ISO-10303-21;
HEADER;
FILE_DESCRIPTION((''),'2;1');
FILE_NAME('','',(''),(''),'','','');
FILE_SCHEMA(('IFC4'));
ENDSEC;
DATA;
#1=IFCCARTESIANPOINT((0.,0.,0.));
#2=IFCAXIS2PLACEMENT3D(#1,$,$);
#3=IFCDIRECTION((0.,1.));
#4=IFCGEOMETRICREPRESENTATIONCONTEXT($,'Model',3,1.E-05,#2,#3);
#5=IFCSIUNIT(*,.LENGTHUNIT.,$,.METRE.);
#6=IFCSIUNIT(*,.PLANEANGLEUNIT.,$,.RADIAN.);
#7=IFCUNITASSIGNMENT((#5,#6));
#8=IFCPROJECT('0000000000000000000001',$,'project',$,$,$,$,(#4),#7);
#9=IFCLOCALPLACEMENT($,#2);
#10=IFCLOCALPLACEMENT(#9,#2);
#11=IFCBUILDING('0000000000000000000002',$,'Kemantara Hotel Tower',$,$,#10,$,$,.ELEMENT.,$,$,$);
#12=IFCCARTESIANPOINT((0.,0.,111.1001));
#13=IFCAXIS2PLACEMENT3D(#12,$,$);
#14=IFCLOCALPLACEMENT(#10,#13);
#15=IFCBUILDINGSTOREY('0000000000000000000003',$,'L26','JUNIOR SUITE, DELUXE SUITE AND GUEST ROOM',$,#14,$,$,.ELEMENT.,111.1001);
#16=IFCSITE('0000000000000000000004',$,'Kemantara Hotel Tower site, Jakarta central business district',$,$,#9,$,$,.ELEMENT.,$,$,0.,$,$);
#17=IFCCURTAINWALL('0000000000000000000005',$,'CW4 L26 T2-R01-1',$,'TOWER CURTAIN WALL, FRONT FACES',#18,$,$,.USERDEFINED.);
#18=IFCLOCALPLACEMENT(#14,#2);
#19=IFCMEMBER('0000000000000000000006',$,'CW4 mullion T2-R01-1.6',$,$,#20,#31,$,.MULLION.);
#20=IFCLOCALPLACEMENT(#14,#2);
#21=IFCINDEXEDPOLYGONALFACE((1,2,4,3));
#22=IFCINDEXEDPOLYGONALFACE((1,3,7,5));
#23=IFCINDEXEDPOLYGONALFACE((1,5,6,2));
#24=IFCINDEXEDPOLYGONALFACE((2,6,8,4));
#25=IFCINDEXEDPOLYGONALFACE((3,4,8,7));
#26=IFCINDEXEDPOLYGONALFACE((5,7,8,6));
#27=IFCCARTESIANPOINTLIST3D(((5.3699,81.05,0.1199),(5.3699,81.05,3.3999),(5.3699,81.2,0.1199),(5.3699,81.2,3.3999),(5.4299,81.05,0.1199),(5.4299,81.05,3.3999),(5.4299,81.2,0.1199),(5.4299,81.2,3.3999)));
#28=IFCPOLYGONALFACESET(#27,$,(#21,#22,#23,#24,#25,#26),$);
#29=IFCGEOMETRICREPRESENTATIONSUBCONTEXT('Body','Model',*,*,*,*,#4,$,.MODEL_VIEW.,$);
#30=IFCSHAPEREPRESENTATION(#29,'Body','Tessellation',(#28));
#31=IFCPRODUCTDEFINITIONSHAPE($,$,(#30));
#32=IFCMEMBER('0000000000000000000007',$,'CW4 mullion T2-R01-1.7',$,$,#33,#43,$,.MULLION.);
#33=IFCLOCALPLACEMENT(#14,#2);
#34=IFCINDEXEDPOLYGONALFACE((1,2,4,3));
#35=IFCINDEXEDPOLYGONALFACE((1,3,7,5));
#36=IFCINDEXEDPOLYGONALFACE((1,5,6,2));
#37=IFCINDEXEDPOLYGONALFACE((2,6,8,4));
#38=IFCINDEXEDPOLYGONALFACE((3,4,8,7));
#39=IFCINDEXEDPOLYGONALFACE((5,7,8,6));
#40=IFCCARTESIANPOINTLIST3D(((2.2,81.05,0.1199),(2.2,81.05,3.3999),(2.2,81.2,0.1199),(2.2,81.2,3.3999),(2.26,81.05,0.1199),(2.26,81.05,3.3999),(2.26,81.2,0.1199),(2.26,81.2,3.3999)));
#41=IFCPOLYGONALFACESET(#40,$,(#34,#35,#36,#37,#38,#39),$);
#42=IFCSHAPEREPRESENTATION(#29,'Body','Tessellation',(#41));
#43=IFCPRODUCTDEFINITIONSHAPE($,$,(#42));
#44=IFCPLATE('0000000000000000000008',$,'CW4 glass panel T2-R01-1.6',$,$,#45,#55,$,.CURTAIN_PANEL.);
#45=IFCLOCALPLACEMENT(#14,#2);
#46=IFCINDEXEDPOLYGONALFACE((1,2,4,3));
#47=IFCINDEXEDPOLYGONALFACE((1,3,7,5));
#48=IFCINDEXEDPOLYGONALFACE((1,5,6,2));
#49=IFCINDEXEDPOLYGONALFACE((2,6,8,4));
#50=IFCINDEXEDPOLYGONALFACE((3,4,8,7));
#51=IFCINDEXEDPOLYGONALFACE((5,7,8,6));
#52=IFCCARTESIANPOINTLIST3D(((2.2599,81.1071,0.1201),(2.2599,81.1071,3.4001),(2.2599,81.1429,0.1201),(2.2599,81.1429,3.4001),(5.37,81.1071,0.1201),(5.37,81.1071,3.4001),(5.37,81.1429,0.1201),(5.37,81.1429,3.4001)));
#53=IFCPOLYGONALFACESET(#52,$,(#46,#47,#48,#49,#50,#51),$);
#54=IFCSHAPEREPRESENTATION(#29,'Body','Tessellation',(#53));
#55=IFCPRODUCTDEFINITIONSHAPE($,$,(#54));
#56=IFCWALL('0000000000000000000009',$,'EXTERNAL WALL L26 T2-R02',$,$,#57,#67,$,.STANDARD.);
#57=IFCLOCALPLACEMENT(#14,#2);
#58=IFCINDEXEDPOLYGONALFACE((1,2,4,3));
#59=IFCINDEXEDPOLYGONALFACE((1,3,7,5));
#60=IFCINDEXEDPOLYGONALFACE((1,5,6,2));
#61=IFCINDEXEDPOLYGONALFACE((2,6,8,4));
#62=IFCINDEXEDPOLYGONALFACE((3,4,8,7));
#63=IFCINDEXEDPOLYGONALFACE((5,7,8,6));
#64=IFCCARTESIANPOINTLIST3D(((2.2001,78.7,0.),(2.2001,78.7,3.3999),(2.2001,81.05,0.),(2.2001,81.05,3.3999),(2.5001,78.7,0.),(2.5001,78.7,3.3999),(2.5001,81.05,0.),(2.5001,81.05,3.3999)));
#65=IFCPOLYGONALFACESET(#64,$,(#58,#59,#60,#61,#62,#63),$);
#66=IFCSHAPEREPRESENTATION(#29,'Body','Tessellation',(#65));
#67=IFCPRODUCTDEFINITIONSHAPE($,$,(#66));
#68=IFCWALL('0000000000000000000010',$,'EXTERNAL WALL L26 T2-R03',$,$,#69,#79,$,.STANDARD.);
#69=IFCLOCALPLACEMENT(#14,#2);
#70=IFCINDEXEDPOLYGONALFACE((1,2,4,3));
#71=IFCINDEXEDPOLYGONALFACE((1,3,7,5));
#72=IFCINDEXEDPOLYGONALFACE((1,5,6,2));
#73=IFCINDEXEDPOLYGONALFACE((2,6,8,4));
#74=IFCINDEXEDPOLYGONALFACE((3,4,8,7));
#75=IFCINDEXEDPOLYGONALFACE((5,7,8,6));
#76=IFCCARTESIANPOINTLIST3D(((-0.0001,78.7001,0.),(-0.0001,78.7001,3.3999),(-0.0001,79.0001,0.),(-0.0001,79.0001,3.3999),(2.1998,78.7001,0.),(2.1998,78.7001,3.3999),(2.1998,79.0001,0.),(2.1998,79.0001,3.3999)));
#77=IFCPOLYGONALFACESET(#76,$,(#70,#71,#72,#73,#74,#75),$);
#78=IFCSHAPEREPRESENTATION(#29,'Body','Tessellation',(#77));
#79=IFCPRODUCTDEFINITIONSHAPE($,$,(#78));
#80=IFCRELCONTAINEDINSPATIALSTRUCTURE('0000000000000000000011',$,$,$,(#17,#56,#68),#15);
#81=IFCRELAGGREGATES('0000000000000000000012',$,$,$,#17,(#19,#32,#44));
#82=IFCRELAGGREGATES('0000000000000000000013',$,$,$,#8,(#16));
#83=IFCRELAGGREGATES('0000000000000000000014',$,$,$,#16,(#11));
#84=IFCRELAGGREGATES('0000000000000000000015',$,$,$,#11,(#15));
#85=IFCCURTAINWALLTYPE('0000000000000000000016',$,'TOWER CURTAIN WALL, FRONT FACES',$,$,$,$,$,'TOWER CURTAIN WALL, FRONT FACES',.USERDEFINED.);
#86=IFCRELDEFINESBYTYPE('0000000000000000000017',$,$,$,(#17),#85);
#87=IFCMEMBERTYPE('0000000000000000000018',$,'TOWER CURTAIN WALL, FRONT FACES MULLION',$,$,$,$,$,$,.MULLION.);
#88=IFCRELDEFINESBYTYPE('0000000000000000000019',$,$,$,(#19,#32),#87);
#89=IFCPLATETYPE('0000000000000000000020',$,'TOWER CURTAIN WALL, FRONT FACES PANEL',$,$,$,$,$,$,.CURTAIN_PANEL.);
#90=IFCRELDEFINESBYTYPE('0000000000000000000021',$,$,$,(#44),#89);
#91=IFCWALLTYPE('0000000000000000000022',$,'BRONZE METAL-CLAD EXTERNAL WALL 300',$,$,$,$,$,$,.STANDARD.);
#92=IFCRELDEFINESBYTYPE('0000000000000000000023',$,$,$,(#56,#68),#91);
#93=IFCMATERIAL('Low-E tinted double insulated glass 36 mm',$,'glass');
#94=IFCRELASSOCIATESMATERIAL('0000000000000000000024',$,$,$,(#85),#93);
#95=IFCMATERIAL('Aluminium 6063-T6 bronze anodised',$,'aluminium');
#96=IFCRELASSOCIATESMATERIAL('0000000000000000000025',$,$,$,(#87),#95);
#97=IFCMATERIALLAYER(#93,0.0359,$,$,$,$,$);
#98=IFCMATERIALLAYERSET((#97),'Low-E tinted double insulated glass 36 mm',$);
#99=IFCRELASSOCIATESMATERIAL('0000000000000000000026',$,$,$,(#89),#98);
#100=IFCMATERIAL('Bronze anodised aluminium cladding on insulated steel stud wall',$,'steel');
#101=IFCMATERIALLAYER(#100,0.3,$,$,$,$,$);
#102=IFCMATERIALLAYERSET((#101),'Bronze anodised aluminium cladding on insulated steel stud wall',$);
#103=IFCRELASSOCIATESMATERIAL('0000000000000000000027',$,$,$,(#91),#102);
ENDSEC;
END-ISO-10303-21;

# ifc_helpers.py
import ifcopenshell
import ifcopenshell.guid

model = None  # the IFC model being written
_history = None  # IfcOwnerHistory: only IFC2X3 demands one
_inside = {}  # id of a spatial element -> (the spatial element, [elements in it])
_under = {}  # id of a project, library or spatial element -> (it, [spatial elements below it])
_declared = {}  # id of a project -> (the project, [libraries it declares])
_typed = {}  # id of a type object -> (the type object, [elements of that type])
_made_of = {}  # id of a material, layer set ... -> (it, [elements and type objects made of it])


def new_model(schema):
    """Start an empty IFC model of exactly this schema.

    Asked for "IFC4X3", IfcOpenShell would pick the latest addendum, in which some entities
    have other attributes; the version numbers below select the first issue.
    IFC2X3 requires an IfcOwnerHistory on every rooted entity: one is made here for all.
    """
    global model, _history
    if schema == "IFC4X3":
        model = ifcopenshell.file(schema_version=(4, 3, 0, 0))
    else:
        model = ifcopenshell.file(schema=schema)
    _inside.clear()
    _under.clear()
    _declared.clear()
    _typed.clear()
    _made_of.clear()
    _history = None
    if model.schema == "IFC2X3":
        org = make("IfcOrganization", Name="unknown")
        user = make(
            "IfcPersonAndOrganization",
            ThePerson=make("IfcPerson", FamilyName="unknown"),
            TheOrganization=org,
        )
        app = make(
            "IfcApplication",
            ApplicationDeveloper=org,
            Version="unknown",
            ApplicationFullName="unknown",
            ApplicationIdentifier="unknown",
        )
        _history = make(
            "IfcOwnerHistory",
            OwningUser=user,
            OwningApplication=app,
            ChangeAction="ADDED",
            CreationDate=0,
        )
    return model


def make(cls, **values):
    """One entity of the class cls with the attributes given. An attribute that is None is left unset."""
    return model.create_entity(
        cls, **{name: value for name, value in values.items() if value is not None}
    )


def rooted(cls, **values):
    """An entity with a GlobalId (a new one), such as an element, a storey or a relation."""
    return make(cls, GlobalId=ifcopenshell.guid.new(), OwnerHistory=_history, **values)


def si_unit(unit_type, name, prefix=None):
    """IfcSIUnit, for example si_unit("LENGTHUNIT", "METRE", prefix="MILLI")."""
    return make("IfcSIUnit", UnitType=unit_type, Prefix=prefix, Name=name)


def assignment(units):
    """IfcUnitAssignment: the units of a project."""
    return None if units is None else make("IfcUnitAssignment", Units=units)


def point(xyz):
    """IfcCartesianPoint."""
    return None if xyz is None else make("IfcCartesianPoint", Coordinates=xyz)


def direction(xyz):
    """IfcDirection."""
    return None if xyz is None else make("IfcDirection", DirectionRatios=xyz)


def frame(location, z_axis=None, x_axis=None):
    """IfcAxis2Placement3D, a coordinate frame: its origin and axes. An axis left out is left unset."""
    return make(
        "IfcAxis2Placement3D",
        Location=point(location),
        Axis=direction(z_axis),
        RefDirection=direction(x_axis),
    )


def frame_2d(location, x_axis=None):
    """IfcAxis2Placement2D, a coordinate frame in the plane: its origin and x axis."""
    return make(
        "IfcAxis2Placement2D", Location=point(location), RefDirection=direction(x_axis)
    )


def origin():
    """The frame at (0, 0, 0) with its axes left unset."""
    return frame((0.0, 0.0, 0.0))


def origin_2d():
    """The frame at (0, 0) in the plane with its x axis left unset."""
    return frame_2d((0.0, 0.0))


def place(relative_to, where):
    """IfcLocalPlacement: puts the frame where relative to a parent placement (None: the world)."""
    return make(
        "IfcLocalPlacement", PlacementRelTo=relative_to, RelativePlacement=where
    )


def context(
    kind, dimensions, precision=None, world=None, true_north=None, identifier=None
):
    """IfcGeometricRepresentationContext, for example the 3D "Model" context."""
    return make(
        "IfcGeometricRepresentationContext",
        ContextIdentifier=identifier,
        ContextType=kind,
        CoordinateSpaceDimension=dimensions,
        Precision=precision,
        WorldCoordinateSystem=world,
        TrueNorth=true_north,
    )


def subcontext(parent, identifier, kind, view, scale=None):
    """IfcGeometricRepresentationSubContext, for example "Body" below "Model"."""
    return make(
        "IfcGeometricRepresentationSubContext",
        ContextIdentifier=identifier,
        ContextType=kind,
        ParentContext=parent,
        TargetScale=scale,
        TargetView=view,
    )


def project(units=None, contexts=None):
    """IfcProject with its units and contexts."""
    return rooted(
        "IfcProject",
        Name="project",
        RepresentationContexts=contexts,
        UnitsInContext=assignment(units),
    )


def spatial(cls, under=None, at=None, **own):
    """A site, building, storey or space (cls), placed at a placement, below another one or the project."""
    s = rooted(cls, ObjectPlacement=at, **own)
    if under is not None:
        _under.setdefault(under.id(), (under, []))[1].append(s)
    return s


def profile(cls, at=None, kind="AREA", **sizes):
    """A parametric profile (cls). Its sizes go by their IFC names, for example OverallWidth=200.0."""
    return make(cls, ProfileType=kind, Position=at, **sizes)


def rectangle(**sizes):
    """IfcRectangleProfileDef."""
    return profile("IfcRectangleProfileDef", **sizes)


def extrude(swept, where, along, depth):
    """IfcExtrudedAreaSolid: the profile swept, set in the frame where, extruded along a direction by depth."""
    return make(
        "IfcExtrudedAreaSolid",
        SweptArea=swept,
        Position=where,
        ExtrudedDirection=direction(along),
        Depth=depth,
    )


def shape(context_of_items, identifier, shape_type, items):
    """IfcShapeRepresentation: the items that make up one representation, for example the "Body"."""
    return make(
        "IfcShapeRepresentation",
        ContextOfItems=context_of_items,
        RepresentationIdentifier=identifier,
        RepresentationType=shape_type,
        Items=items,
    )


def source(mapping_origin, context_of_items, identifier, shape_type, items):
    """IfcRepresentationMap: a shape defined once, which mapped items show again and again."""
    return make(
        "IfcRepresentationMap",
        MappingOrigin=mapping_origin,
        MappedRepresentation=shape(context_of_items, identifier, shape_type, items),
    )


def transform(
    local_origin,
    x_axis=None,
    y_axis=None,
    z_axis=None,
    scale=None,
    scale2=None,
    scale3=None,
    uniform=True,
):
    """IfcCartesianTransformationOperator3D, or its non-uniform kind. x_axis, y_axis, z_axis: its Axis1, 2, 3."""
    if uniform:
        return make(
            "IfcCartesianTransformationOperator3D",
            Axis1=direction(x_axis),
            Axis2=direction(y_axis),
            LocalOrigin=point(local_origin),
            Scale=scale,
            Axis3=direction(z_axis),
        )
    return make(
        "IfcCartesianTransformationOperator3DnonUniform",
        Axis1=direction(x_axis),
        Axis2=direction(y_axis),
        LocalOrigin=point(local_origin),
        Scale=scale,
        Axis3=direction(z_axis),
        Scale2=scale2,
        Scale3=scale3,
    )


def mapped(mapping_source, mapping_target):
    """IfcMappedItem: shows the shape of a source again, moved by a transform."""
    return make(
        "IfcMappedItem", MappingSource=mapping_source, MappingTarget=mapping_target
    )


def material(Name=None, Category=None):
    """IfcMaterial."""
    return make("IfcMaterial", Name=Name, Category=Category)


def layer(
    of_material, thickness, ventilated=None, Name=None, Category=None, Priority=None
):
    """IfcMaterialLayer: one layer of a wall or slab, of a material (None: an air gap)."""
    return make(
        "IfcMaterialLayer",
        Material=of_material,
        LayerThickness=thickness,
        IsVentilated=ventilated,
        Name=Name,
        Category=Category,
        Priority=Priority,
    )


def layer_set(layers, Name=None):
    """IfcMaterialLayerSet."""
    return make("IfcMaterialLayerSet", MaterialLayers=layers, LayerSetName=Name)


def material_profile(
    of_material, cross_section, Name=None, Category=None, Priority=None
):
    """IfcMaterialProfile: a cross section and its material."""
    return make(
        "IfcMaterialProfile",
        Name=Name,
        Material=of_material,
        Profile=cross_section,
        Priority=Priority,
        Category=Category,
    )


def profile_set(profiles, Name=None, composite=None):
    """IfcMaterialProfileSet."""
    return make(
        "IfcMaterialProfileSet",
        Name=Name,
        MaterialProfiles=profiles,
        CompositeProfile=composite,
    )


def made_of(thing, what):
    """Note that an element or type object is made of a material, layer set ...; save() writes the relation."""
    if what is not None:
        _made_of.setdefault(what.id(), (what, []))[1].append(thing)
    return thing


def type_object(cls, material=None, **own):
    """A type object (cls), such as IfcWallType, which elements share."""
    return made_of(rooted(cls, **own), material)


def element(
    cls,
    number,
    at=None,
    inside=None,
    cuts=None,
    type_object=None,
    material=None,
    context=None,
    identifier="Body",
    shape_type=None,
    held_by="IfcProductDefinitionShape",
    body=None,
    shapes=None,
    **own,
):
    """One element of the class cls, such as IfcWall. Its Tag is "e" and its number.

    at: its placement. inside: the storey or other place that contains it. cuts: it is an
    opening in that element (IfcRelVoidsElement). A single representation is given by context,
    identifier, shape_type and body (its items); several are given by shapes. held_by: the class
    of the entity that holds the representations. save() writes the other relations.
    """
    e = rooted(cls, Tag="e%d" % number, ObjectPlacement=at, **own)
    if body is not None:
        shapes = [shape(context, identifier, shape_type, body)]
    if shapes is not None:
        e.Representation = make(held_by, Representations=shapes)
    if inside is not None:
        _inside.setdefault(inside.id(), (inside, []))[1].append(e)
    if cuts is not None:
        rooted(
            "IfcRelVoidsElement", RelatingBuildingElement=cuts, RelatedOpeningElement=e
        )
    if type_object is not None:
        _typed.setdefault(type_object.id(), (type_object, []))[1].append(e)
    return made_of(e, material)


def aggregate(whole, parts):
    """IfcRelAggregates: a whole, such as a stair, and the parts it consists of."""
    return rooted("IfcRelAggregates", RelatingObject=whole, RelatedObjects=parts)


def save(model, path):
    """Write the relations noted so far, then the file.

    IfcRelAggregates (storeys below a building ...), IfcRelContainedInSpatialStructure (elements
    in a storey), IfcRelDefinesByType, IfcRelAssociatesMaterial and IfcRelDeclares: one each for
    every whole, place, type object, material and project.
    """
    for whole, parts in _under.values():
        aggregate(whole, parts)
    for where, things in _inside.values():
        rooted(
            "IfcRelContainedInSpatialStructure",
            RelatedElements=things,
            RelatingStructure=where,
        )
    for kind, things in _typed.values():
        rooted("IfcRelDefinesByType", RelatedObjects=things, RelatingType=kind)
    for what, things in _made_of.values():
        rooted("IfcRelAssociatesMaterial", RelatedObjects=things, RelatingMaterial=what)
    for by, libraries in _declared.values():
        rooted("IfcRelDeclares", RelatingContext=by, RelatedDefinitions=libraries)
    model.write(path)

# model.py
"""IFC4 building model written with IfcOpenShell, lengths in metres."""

from ifc_helpers import new_model, si_unit, direction, frame, frame_2d, origin, origin_2d, place, context, subcontext, project, spatial, rectangle, extrude, source, transform, mapped, material, layer, layer_set, material_profile, profile_set, type_object, element, aggregate, save


model = new_model("IFC4")

# Units and contexts
model_context = context("Model", 3, precision=1e-05, world=origin(), true_north=direction((0.0, 1.0)))
body_context = subcontext(model_context, "Body", "Model", "MODEL_VIEW")
ifc_project = project(units=[si_unit("LENGTHUNIT", "METRE"), si_unit("PLANEANGLEUNIT", "RADIAN")], contexts=[model_context])

# Site, building, storey
site_placement = place(None, origin())
site = spatial("IfcSite", under=ifc_project, at=site_placement, Name="Kemantara Hotel Tower site, Jakarta central business district", CompositionType="ELEMENT", RefElevation=0.0)
building_placement = place(site_placement, origin())
building = spatial("IfcBuilding", under=site, at=building_placement, Name="Kemantara Hotel Tower", CompositionType="ELEMENT")
storey_placement = place(building_placement, frame((0.0, 0.0, 111.1001)))
storey = spatial("IfcBuildingStorey", under=building, at=storey_placement, Name="L26", Description="JUNIOR SUITE, DELUXE SUITE AND GUEST ROOM", CompositionType="ELEMENT", Elevation=111.1001)

# Curtain wall, members, plate
ifc_material_1 = material(Name="Low-E tinted double insulated glass 36 mm", Category="glass")
curtain_wall_type = type_object("IfcCurtainWallType", Name="TOWER CURTAIN WALL, FRONT FACES", ElementType="TOWER CURTAIN WALL, FRONT FACES", PredefinedType="USERDEFINED", material=ifc_material_1)
curtain_wall_placement = place(storey_placement, origin())
curtain_wall = element("IfcCurtainWall", 1, at=curtain_wall_placement, inside=storey, type_object=curtain_wall_type, Name="CW4 L26 T2-R01-1", ObjectType="TOWER CURTAIN WALL, FRONT FACES", PredefinedType="USERDEFINED")
ifc_material_2 = material(Name="Aluminium 6063-T6 bronze anodised", Category="aluminium")
ifc_material_profile = material_profile(ifc_material_2, rectangle(XDim=0.1499, YDim=0.0601, at=origin_2d()), Name="TOWER CURTAIN WALL, FRONT FACES MULLION")
ifc_profile_set = profile_set([ifc_material_profile], Name="Aluminium 6063-T6 bronze anodised")
member_type = type_object("IfcMemberType", Name="TOWER CURTAIN WALL, FRONT FACES MULLION", PredefinedType="MULLION", material=ifc_profile_set)
shared_shape_1 = source(origin(), body_context, "Body", "SweptSolid", [
    extrude(rectangle(XDim=0.1499, YDim=0.0601, at=origin_2d()), origin(), (0.0, 0.0, 1.0), 3.28),
])
member_1_placement = place(storey_placement, frame((5.3999, 81.125, 0.1199), z_axis=(0.0, 0.0, 1.0), x_axis=(0.0, -1.0, 0.0)))
member_1 = element("IfcMember", 2, at=member_1_placement, type_object=member_type, Name="CW4 mullion T2-R01-1.6", PredefinedType="MULLION", context=body_context, shape_type="MappedRepresentation", body=[
    mapped(shared_shape_1, transform((0.0, 0.0, 0.0))),
])
member_2_placement = place(storey_placement, frame((2.23, 81.125, 0.1199), z_axis=(0.0, 0.0, 1.0), x_axis=(0.0, -1.0, 0.0)))
member_2 = element("IfcMember", 3, at=member_2_placement, type_object=member_type, Name="CW4 mullion T2-R01-1.7", PredefinedType="MULLION", context=body_context, shape_type="MappedRepresentation", body=[
    mapped(shared_shape_1, transform((0.0, 0.0, 0.0))),
])
ifc_layer_1 = layer(ifc_material_1, 0.0359)
ifc_layer_set_1 = layer_set([ifc_layer_1], Name="Low-E tinted double insulated glass 36 mm")
plate_type = type_object("IfcPlateType", Name="TOWER CURTAIN WALL, FRONT FACES PANEL", PredefinedType="CURTAIN_PANEL", material=ifc_layer_set_1)
shared_shape_2 = source(origin(), body_context, "Body", "SweptSolid", [
    extrude(rectangle(XDim=3.1101, YDim=0.0359, at=origin_2d()), origin(), (0.0, 0.0, 1.0), 3.28),
])
plate_placement = place(storey_placement, frame((3.8149, 81.125, 0.1201), z_axis=(0.0, 0.0, 1.0), x_axis=(-1.0, 0.0, 0.0)))
plate = element("IfcPlate", 4, at=plate_placement, type_object=plate_type, Name="CW4 glass panel T2-R01-1.6", PredefinedType="CURTAIN_PANEL", context=body_context, shape_type="MappedRepresentation", body=[
    mapped(shared_shape_2, transform((0.0, 0.0, 0.0))),
])
aggregate(curtain_wall, [member_1, member_2, plate])

# Walls
ifc_material_3 = material(Name="Bronze anodised aluminium cladding on insulated steel stud wall", Category="steel")
ifc_layer_2 = layer(ifc_material_3, 0.3)
ifc_layer_set_2 = layer_set([ifc_layer_2], Name="Bronze anodised aluminium cladding on insulated steel stud wall")
wall_type = type_object("IfcWallType", Name="BRONZE METAL-CLAD EXTERNAL WALL 300", PredefinedType="STANDARD", material=ifc_layer_set_2)
wall_1_placement = place(storey_placement, frame((2.3501, 81.05, 0.0), z_axis=(0.0, 0.0, 1.0), x_axis=(0.0, -1.0, 0.0)))
element("IfcWall", 5, at=wall_1_placement, inside=storey, type_object=wall_type, Name="EXTERNAL WALL L26 T2-R02", PredefinedType="STANDARD", context=body_context, shape_type="SweptSolid", body=[
    extrude(rectangle(XDim=2.3501, YDim=0.3, at=frame_2d((1.175, 0.0))), origin(), (0.0, 0.0, 1.0), 3.3999),
])
wall_2_placement = place(storey_placement, frame((2.2, 78.8501, 0.0), z_axis=(0.0, 0.0, 1.0), x_axis=(-1.0, 0.0, 0.0)))
element("IfcWall", 6, at=wall_2_placement, inside=storey, type_object=wall_type, Name="EXTERNAL WALL L26 T2-R03", PredefinedType="STANDARD", context=body_context, shape_type="SweptSolid", body=[
    extrude(rectangle(XDim=2.2, YDim=0.3, at=frame_2d((1.1001, 0.0))), origin(), (0.0, 0.0, 1.0), 3.3999),
])

save(model, "model.ifc")
